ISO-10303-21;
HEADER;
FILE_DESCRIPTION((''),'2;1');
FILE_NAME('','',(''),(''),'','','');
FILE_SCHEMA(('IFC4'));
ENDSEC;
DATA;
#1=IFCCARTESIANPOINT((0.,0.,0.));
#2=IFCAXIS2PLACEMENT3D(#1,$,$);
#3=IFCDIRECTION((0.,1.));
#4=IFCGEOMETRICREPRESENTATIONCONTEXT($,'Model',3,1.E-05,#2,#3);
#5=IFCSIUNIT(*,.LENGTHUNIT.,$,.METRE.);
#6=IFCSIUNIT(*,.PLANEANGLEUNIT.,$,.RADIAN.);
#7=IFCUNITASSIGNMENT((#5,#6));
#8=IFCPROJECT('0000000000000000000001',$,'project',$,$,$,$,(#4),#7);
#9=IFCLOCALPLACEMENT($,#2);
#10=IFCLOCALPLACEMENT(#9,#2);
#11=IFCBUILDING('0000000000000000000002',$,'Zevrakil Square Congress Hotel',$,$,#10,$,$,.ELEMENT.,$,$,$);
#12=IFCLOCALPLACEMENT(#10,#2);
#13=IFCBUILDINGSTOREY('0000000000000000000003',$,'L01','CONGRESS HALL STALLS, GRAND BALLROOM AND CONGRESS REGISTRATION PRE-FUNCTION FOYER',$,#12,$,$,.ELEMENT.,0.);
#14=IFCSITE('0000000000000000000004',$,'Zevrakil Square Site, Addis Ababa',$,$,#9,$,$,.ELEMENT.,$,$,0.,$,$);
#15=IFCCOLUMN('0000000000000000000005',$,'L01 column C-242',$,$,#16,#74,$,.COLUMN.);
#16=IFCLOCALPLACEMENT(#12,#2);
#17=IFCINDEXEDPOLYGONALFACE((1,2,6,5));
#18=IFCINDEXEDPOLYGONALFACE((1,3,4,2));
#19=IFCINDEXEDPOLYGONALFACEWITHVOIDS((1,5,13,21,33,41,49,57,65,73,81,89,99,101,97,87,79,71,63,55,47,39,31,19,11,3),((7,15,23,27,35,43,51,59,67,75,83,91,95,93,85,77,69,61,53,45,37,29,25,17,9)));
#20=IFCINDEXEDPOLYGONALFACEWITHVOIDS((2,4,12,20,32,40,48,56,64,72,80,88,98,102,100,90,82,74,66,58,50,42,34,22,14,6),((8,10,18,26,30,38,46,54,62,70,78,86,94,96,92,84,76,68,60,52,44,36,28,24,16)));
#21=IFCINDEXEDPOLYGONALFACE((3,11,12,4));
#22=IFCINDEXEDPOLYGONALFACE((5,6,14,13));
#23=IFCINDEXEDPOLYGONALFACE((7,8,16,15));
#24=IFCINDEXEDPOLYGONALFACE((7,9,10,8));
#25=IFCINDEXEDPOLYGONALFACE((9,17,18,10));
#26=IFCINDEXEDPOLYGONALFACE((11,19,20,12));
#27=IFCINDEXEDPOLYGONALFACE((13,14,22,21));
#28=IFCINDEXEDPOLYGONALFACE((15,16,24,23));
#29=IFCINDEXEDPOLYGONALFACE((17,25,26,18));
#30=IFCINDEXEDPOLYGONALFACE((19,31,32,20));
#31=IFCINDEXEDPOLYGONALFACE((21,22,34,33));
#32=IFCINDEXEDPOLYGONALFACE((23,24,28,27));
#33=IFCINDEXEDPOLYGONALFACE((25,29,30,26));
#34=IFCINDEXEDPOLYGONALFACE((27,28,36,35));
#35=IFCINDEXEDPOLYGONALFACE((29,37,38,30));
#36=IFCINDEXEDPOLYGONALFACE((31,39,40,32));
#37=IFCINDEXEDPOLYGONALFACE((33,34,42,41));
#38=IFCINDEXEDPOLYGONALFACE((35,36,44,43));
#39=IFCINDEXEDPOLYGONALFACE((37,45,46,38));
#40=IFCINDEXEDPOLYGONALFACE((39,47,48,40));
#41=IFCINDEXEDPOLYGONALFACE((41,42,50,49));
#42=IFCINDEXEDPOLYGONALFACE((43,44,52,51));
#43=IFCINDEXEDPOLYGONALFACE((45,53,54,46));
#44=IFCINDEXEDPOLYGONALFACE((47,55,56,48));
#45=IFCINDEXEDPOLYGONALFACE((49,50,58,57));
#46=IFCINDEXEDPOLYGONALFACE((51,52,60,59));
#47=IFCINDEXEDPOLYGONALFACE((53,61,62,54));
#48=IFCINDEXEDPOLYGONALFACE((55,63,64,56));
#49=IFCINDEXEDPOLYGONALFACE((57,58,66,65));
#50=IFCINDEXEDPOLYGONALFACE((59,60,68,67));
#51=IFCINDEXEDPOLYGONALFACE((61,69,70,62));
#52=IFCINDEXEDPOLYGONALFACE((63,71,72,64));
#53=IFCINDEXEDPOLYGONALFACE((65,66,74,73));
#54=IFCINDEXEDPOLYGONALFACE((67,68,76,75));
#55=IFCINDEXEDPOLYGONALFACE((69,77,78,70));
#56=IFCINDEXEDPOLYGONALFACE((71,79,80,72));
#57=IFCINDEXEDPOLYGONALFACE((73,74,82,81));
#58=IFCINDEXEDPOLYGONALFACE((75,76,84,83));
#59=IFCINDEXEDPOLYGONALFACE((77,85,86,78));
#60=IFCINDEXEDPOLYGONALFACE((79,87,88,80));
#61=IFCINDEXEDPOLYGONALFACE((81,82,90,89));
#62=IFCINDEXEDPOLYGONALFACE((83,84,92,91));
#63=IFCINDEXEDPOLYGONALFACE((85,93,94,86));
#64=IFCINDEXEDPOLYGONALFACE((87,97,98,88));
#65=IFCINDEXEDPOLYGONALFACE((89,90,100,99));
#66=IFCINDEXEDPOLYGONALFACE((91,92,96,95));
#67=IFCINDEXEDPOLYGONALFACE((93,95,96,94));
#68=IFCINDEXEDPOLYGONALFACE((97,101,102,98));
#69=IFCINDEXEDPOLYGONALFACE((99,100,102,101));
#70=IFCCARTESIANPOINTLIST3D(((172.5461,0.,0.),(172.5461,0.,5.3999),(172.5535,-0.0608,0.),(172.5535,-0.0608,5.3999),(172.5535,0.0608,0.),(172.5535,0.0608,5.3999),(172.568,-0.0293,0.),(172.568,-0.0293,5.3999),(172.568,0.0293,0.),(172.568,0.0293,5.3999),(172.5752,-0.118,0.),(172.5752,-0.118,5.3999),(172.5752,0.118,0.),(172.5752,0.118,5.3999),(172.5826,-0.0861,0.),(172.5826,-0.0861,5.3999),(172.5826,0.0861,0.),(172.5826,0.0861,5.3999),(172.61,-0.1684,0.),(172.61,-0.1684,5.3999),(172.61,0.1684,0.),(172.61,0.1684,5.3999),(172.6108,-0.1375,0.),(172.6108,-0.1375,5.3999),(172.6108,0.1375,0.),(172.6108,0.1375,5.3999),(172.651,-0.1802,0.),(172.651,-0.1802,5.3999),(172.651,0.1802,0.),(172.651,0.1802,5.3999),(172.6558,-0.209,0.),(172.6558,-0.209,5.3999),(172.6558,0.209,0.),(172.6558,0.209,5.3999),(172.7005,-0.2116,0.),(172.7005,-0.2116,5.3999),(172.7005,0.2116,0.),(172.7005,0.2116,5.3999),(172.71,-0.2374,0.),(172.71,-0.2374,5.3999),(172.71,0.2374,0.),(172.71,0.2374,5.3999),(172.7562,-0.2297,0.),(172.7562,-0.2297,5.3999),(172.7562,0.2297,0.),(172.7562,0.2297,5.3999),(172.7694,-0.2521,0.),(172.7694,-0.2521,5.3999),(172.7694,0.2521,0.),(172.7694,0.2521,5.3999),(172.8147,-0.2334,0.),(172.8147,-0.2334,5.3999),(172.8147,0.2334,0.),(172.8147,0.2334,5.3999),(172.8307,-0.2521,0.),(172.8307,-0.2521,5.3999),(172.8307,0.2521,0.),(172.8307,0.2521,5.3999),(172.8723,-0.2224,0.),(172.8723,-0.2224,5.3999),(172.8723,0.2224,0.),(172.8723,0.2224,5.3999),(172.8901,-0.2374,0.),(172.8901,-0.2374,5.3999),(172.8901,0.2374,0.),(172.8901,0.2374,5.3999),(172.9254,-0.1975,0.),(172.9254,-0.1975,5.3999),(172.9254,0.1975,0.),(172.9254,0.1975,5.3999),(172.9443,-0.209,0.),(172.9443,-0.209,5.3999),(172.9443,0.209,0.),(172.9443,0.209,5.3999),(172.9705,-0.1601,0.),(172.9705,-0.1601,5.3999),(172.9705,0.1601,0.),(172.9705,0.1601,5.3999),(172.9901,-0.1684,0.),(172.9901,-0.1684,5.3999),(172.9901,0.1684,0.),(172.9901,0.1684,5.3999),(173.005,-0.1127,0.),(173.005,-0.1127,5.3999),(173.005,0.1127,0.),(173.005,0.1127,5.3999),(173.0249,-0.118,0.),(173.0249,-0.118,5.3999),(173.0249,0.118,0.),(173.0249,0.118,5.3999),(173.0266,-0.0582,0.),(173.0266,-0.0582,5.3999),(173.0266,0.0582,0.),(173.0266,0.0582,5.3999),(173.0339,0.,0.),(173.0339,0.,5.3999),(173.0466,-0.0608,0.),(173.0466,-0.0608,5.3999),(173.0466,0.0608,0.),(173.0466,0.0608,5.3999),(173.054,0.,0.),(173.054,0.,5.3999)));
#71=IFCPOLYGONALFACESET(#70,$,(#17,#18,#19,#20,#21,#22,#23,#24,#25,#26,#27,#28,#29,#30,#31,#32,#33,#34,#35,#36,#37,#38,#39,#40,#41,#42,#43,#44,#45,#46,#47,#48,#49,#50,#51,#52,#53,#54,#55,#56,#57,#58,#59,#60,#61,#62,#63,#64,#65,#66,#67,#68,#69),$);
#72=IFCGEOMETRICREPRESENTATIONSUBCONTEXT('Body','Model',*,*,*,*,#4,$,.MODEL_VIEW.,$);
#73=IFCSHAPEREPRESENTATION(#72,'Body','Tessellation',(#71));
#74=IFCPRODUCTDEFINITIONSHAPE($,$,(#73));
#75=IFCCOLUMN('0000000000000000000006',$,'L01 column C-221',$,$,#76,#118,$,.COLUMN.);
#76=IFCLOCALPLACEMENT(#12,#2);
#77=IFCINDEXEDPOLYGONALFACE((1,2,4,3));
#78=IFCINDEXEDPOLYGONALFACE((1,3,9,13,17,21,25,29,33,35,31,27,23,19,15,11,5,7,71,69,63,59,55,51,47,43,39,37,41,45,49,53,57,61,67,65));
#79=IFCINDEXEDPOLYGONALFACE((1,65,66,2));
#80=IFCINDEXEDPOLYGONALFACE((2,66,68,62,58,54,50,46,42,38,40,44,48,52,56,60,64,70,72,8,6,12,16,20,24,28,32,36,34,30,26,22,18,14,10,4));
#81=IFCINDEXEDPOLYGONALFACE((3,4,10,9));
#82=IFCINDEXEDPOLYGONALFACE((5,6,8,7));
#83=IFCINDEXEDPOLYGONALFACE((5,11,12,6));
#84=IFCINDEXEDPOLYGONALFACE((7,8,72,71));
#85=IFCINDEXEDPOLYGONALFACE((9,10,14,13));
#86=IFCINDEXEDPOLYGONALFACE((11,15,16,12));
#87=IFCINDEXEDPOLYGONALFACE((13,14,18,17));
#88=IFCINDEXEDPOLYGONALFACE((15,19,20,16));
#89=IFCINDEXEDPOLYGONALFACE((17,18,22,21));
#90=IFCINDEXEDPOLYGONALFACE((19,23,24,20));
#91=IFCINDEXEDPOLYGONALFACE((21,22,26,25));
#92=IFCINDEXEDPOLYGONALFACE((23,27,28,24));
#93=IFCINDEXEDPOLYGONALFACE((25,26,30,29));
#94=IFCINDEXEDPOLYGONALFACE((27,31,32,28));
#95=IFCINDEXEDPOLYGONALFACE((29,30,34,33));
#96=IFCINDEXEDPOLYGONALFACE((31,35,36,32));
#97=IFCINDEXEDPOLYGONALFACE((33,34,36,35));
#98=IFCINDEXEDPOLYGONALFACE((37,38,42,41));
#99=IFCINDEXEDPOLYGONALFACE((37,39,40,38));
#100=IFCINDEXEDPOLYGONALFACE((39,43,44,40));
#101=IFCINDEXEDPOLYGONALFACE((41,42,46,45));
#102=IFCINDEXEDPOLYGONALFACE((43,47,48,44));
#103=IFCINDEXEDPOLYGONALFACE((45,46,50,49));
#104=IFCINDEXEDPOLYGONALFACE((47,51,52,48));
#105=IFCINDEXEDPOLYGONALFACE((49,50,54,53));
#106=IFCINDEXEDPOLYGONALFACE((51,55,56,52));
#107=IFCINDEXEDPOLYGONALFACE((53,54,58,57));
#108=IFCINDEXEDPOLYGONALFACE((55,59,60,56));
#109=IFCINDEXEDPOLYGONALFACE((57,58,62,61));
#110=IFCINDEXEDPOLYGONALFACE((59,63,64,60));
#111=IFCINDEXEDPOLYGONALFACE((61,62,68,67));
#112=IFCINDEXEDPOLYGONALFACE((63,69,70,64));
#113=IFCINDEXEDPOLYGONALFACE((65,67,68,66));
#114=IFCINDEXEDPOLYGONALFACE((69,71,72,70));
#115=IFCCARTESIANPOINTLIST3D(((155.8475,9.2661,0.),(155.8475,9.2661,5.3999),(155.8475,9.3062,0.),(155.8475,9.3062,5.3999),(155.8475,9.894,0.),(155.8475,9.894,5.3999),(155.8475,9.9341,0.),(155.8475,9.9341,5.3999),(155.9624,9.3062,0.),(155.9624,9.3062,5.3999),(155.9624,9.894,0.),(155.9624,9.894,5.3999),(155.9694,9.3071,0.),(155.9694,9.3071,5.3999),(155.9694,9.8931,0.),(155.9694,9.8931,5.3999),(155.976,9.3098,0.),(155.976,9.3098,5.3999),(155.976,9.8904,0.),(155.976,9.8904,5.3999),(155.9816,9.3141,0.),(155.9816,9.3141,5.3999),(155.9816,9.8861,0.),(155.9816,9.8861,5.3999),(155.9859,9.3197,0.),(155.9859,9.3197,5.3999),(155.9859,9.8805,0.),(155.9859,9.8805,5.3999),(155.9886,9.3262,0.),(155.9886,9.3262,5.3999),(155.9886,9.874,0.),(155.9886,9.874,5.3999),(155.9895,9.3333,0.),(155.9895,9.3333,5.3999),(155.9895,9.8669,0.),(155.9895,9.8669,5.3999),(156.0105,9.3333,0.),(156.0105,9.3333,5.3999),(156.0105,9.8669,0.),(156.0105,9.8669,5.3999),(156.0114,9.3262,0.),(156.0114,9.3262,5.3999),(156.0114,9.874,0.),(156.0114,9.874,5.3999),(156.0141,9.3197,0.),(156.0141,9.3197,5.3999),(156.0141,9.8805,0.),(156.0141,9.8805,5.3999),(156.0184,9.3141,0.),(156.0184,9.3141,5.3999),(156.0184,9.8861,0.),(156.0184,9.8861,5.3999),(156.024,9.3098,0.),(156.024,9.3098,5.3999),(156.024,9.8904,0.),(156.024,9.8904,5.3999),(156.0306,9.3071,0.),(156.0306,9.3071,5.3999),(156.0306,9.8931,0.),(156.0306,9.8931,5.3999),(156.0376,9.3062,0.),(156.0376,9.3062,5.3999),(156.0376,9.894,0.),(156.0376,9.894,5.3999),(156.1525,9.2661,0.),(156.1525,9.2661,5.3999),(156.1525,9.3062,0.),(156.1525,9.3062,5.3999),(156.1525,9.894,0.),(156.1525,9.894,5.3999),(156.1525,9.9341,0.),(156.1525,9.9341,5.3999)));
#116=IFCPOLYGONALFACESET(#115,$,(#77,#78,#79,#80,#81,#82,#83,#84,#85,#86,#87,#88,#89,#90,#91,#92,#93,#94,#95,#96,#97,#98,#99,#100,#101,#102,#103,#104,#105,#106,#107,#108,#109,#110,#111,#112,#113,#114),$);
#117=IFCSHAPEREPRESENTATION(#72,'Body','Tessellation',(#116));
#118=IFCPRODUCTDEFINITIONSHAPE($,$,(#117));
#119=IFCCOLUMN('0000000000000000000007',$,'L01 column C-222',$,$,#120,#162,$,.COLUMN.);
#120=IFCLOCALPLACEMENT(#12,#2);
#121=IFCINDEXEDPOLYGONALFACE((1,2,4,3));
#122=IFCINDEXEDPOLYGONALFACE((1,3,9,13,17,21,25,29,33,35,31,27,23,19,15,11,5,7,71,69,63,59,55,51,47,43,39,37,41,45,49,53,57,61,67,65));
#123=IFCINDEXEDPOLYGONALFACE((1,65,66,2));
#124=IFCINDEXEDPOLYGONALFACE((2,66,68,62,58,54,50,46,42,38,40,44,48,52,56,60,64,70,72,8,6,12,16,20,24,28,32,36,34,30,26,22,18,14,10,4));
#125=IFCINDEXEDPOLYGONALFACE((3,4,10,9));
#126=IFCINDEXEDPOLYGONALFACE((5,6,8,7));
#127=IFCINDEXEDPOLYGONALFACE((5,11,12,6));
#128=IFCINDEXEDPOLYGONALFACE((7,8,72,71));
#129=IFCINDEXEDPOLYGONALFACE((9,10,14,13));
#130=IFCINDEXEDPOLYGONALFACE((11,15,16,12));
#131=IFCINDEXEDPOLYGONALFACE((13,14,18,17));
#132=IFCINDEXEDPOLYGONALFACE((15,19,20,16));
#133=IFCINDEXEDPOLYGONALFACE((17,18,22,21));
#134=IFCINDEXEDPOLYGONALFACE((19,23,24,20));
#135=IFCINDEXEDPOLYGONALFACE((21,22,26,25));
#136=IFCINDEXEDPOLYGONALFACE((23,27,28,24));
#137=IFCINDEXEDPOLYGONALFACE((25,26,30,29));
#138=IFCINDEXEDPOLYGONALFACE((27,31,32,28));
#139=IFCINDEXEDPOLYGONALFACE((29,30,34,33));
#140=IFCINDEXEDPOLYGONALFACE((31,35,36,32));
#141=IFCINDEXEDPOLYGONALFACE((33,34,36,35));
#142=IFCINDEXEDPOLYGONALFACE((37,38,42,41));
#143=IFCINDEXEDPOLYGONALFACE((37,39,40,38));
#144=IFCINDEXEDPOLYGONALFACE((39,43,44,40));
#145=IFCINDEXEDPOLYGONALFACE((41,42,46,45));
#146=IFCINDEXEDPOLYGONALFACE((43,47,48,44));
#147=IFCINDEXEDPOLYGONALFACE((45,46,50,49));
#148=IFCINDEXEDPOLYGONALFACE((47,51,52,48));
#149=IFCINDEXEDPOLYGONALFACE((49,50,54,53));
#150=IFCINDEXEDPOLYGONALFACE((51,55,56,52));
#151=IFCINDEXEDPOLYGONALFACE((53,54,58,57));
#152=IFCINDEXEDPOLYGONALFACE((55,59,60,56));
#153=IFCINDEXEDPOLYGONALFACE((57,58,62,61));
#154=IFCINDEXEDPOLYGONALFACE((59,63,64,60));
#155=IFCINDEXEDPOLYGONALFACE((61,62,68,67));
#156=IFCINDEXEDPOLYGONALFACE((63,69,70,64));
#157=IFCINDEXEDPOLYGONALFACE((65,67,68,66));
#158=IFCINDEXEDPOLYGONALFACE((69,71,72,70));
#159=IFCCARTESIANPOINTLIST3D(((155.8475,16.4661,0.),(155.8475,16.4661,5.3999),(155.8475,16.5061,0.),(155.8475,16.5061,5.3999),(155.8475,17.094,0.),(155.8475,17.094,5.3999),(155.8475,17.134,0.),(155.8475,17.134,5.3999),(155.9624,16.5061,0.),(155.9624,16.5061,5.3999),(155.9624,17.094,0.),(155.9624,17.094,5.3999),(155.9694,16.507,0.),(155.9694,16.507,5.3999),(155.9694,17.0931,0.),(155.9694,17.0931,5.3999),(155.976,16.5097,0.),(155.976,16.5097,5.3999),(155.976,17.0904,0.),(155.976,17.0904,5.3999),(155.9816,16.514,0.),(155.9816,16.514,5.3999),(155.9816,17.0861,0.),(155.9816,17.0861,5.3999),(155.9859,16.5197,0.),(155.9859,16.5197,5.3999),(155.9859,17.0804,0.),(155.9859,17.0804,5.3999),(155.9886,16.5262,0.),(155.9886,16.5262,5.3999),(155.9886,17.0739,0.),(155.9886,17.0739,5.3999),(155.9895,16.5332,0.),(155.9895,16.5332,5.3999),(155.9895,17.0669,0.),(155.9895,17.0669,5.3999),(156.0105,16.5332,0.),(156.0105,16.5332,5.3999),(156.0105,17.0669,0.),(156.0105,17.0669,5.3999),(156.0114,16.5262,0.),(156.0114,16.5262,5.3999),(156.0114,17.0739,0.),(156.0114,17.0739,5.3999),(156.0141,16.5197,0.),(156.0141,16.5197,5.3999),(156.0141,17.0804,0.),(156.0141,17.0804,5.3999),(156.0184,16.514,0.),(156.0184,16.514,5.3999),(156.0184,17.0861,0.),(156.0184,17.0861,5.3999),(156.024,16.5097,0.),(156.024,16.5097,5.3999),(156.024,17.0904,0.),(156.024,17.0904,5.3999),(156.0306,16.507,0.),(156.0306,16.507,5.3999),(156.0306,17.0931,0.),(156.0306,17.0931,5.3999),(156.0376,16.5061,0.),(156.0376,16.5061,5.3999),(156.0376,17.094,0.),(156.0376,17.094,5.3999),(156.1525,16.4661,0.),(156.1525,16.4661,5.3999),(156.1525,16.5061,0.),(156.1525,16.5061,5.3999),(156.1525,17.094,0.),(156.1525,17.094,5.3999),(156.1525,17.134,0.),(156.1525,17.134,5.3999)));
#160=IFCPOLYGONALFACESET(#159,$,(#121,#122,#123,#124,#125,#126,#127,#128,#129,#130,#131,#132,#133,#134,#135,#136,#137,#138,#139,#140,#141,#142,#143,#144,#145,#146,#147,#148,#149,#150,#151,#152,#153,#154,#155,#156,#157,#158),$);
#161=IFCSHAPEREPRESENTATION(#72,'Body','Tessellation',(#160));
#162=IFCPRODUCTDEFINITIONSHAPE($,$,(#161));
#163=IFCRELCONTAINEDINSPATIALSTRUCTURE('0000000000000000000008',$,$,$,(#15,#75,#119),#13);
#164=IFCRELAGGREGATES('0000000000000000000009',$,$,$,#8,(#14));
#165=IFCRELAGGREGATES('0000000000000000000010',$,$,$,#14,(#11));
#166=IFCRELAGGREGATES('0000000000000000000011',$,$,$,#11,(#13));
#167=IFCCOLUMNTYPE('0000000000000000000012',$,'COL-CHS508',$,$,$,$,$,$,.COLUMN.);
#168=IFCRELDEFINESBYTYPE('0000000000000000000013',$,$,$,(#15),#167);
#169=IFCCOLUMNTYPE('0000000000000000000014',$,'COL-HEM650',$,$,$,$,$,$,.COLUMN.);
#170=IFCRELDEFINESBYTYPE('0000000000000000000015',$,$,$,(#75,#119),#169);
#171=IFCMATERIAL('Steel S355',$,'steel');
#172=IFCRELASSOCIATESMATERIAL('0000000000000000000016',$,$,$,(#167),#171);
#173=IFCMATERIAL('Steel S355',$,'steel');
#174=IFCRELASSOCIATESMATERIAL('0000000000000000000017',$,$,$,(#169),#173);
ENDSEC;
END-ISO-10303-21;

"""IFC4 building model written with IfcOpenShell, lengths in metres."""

from ifc_helpers import new_model, si_unit, direction, frame, origin, origin_2d, place, context, subcontext, project, spatial, hollow_circle, i_section, extrude, material, material_profile, profile_set, type_object, element, save


model = new_model("IFC4")

# Units and contexts
model_context = context("Model", 3, precision=1e-05, world=origin(), true_north=direction((0.0, 1.0)))
body_context = subcontext(model_context, "Body", "Model", "MODEL_VIEW")
ifc_project = project(units=[si_unit("LENGTHUNIT", "METRE"), si_unit("PLANEANGLEUNIT", "RADIAN")], contexts=[model_context])

# Site, building, storey
site_placement = place(None, origin())
site = spatial("IfcSite", under=ifc_project, at=site_placement, Name="Zevrakil Square Site, Addis Ababa", CompositionType="ELEMENT", RefElevation=0.0)
building_placement = place(site_placement, origin())
building = spatial("IfcBuilding", under=site, at=building_placement, Name="Zevrakil Square Congress Hotel", CompositionType="ELEMENT")
storey_placement = place(building_placement, origin())
storey = spatial("IfcBuildingStorey", under=building, at=storey_placement, Name="L01", Description="CONGRESS HALL STALLS, GRAND BALLROOM AND CONGRESS REGISTRATION PRE-FUNCTION FOYER", CompositionType="ELEMENT", Elevation=0.0)

# Columns
ifc_material_1 = material(Name="Steel S355", Category="steel")
ifc_material_profile_1 = material_profile(ifc_material_1, hollow_circle(Radius=0.2539, WallThickness=0.02, at=origin_2d()), Name="CHS 508x20")
ifc_profile_set_1 = profile_set([ifc_material_profile_1], Name="Steel S355")
column_type_1 = type_object("IfcColumnType", Name="COL-CHS508", PredefinedType="COLUMN", material=ifc_profile_set_1)
for number, where, z_axis, x_axis, name in (
    (1, (172.8, 0.0, 0.0), (0.0, 0.0, 1.0), (1.0, 0.0, 0.0), "L01 column C-242"),
):
    element("IfcColumn", number, at=place(storey_placement, frame(where, z_axis=z_axis, x_axis=x_axis)), inside=storey, type_object=column_type_1, Name=name, PredefinedType="COLUMN", context=body_context, shape_type="SweptSolid", body=[
        extrude(hollow_circle(Radius=0.2539, WallThickness=0.02, at=origin_2d()), origin(), (0.0, 0.0, 1.0), 5.3999),
    ])
ifc_material_2 = material(Name="Steel S355", Category="steel")
ifc_material_profile_2 = material_profile(ifc_material_2, i_section(OverallWidth=0.3049, OverallDepth=0.668, WebThickness=0.021, FlangeThickness=0.04, FilletRadius=0.0271, at=origin_2d()), Name="HEM 650")
ifc_profile_set_2 = profile_set([ifc_material_profile_2], Name="Steel S355")
column_type_2 = type_object("IfcColumnType", Name="COL-HEM650", PredefinedType="COLUMN", material=ifc_profile_set_2)
for number, where, z_axis, x_axis, name in (
    (2, (156.0, 9.6001, 0.0), (0.0, 0.0, 1.0), (1.0, 0.0, 0.0), "L01 column C-221"),
    (3, (156.0, 16.8, 0.0), (0.0, 0.0, 1.0), (1.0, 0.0, 0.0), "L01 column C-222"),
):
    element("IfcColumn", number, at=place(storey_placement, frame(where, z_axis=z_axis, x_axis=x_axis)), inside=storey, type_object=column_type_2, Name=name, PredefinedType="COLUMN", context=body_context, shape_type="SweptSolid", body=[
        extrude(i_section(OverallWidth=0.3049, OverallDepth=0.668, WebThickness=0.021, FlangeThickness=0.04, FilletRadius=0.0271, at=origin_2d()), origin(), (0.0, 0.0, 1.0), 5.3999),
    ])

save(model, "model.ifc")
